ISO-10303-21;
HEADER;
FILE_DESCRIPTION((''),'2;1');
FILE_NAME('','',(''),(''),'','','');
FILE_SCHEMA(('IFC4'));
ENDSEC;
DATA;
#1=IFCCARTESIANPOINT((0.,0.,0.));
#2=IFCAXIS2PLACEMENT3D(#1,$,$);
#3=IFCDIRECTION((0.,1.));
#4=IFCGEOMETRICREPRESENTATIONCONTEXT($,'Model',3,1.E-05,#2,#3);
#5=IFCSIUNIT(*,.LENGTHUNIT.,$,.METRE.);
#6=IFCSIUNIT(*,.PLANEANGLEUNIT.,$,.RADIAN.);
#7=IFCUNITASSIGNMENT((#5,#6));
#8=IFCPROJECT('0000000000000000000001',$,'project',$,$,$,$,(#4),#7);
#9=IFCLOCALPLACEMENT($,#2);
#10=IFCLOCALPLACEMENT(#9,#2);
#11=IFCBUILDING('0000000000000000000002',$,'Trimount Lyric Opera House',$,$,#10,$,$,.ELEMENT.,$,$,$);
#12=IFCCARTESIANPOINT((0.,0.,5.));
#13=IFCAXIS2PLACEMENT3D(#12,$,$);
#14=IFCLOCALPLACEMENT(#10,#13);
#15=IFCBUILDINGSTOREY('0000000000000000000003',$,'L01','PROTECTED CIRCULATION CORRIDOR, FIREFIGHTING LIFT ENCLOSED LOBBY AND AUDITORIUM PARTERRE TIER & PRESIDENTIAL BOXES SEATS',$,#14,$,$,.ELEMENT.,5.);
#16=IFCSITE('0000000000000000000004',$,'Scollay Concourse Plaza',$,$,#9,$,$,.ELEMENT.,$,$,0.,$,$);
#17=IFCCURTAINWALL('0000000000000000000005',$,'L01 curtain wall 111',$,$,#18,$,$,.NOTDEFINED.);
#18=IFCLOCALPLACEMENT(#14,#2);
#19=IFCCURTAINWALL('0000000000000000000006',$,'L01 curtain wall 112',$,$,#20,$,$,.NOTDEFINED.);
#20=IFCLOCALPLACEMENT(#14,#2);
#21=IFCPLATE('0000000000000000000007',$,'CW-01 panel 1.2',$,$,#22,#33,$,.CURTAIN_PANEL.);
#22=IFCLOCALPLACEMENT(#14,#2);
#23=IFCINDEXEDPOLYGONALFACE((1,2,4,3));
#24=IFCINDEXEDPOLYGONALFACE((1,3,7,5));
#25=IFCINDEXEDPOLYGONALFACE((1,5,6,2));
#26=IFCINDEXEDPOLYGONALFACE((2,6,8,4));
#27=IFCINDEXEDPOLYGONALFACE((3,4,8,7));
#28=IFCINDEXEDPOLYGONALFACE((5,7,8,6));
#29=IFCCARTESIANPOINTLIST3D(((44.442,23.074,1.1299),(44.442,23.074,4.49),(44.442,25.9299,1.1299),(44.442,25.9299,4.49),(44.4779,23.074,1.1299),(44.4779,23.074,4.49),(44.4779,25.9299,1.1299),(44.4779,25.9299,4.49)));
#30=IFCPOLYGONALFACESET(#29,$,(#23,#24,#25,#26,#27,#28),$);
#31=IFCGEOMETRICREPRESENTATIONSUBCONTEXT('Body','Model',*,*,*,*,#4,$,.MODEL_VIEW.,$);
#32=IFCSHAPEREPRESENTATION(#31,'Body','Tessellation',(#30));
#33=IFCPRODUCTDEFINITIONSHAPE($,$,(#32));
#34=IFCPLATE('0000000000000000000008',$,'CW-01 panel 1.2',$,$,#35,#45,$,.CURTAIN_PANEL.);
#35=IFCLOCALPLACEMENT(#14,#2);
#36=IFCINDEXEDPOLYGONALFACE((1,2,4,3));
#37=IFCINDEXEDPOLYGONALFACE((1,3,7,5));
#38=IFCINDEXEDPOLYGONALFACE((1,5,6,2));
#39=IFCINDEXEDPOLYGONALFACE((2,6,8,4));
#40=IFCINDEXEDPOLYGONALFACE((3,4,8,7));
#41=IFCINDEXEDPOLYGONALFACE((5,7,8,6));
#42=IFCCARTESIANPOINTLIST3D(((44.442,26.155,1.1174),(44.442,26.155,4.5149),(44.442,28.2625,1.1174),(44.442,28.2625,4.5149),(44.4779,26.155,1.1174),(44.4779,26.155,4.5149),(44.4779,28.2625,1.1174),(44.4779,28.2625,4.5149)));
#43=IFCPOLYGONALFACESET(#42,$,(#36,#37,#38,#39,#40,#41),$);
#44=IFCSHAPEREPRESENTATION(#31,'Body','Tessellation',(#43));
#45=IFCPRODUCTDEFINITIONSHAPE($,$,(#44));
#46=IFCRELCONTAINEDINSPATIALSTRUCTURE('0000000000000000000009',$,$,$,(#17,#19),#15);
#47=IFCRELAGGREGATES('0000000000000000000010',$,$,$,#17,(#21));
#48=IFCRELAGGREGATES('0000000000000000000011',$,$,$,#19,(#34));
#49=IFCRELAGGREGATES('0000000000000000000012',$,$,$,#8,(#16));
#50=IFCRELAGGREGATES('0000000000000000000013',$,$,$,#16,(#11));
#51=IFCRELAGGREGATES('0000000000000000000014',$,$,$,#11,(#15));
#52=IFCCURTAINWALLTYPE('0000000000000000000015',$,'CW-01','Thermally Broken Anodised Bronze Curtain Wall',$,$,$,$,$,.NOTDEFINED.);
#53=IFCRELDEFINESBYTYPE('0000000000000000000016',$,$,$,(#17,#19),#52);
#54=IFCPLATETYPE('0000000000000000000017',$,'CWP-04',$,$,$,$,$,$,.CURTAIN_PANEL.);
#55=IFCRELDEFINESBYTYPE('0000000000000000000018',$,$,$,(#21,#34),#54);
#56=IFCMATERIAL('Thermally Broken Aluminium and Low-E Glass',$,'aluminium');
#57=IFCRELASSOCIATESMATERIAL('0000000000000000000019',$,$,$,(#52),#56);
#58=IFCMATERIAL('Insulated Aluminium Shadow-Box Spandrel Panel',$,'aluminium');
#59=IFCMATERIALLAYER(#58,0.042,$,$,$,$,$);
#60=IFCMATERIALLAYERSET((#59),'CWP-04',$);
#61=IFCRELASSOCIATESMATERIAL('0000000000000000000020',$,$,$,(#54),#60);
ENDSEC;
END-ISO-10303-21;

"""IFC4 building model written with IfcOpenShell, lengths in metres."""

from ifc_helpers import new_model, si_unit, direction, frame, origin, origin_2d, place, context, subcontext, project, spatial, rectangle, extrude, material, layer, layer_set, type_object, element, aggregate, save


model = new_model("IFC4")

# Units and contexts
model_context = context("Model", 3, precision=1e-05, world=origin(), true_north=direction((0.0, 1.0)))
body_context = subcontext(model_context, "Body", "Model", "MODEL_VIEW")
ifc_project = project(units=[si_unit("LENGTHUNIT", "METRE"), si_unit("PLANEANGLEUNIT", "RADIAN")], contexts=[model_context])

# Site, building, storey
site_placement = place(None, origin())
site = spatial("IfcSite", under=ifc_project, at=site_placement, Name="Scollay Concourse Plaza", CompositionType="ELEMENT", RefElevation=0.0)
building_placement = place(site_placement, origin())
building = spatial("IfcBuilding", under=site, at=building_placement, Name="Trimount Lyric Opera House", CompositionType="ELEMENT")
storey_placement = place(building_placement, frame((0.0, 0.0, 5.0)))
storey = spatial("IfcBuildingStorey", under=building, at=storey_placement, Name="L01", Description="PROTECTED CIRCULATION CORRIDOR, FIREFIGHTING LIFT ENCLOSED LOBBY AND AUDITORIUM PARTERRE TIER & PRESIDENTIAL BOXES SEATS", CompositionType="ELEMENT", Elevation=5.0)

# Curtain wall
ifc_material_1 = material(Name="Thermally Broken Aluminium and Low-E Glass", Category="aluminium")
curtain_wall_type = type_object("IfcCurtainWallType", Name="CW-01", Description="Thermally Broken Anodised Bronze Curtain Wall", PredefinedType="NOTDEFINED", material=ifc_material_1)
curtain_wall_1_placement = place(storey_placement, origin())
curtain_wall_1 = element("IfcCurtainWall", 1, at=curtain_wall_1_placement, inside=storey, type_object=curtain_wall_type, Name="L01 curtain wall 111", PredefinedType="NOTDEFINED")

# Curtain wall
curtain_wall_2_placement = place(storey_placement, origin())
curtain_wall_2 = element("IfcCurtainWall", 2, at=curtain_wall_2_placement, inside=storey, type_object=curtain_wall_type, Name="L01 curtain wall 112", PredefinedType="NOTDEFINED")

# Plates
ifc_material_2 = material(Name="Insulated Aluminium Shadow-Box Spandrel Panel", Category="aluminium")
ifc_layer_1 = layer(ifc_material_2, 0.042)
ifc_layer_set_1 = layer_set([ifc_layer_1], Name="CWP-04")
plate_type_1 = type_object("IfcPlateType", Name="CWP-04", PredefinedType="CURTAIN_PANEL", material=ifc_layer_set_1)
plate_1_placement = place(storey_placement, frame((44.46, 24.502, 1.1299), z_axis=(0.0, 0.0, 1.0), x_axis=(0.0, 1.0, 0.0)))
plate_1 = element("IfcPlate", 3, at=plate_1_placement, type_object=plate_type_1, Name="CW-01 panel 1.2", PredefinedType="CURTAIN_PANEL", context=body_context, shape_type="SweptSolid", body=[
    extrude(rectangle(XDim=2.856, YDim=0.0359, at=origin_2d()), origin(), (0.0, 0.0, 1.0), 3.3601),
])
aggregate(curtain_wall_1, [plate_1])
plate_2_placement = place(storey_placement, frame((44.46, 27.2087, 1.1174), z_axis=(0.0, 0.0, 1.0), x_axis=(0.0, 1.0, 0.0)))
plate_2 = element("IfcPlate", 4, at=plate_2_placement, type_object=plate_type_1, Name="CW-01 panel 1.2", PredefinedType="CURTAIN_PANEL", context=body_context, shape_type="SweptSolid", body=[
    extrude(rectangle(XDim=2.1074, YDim=0.0359, at=origin_2d()), origin(), (0.0, 0.0, 1.0), 3.3975),
])
aggregate(curtain_wall_2, [plate_2])

save(model, "model.ifc")
